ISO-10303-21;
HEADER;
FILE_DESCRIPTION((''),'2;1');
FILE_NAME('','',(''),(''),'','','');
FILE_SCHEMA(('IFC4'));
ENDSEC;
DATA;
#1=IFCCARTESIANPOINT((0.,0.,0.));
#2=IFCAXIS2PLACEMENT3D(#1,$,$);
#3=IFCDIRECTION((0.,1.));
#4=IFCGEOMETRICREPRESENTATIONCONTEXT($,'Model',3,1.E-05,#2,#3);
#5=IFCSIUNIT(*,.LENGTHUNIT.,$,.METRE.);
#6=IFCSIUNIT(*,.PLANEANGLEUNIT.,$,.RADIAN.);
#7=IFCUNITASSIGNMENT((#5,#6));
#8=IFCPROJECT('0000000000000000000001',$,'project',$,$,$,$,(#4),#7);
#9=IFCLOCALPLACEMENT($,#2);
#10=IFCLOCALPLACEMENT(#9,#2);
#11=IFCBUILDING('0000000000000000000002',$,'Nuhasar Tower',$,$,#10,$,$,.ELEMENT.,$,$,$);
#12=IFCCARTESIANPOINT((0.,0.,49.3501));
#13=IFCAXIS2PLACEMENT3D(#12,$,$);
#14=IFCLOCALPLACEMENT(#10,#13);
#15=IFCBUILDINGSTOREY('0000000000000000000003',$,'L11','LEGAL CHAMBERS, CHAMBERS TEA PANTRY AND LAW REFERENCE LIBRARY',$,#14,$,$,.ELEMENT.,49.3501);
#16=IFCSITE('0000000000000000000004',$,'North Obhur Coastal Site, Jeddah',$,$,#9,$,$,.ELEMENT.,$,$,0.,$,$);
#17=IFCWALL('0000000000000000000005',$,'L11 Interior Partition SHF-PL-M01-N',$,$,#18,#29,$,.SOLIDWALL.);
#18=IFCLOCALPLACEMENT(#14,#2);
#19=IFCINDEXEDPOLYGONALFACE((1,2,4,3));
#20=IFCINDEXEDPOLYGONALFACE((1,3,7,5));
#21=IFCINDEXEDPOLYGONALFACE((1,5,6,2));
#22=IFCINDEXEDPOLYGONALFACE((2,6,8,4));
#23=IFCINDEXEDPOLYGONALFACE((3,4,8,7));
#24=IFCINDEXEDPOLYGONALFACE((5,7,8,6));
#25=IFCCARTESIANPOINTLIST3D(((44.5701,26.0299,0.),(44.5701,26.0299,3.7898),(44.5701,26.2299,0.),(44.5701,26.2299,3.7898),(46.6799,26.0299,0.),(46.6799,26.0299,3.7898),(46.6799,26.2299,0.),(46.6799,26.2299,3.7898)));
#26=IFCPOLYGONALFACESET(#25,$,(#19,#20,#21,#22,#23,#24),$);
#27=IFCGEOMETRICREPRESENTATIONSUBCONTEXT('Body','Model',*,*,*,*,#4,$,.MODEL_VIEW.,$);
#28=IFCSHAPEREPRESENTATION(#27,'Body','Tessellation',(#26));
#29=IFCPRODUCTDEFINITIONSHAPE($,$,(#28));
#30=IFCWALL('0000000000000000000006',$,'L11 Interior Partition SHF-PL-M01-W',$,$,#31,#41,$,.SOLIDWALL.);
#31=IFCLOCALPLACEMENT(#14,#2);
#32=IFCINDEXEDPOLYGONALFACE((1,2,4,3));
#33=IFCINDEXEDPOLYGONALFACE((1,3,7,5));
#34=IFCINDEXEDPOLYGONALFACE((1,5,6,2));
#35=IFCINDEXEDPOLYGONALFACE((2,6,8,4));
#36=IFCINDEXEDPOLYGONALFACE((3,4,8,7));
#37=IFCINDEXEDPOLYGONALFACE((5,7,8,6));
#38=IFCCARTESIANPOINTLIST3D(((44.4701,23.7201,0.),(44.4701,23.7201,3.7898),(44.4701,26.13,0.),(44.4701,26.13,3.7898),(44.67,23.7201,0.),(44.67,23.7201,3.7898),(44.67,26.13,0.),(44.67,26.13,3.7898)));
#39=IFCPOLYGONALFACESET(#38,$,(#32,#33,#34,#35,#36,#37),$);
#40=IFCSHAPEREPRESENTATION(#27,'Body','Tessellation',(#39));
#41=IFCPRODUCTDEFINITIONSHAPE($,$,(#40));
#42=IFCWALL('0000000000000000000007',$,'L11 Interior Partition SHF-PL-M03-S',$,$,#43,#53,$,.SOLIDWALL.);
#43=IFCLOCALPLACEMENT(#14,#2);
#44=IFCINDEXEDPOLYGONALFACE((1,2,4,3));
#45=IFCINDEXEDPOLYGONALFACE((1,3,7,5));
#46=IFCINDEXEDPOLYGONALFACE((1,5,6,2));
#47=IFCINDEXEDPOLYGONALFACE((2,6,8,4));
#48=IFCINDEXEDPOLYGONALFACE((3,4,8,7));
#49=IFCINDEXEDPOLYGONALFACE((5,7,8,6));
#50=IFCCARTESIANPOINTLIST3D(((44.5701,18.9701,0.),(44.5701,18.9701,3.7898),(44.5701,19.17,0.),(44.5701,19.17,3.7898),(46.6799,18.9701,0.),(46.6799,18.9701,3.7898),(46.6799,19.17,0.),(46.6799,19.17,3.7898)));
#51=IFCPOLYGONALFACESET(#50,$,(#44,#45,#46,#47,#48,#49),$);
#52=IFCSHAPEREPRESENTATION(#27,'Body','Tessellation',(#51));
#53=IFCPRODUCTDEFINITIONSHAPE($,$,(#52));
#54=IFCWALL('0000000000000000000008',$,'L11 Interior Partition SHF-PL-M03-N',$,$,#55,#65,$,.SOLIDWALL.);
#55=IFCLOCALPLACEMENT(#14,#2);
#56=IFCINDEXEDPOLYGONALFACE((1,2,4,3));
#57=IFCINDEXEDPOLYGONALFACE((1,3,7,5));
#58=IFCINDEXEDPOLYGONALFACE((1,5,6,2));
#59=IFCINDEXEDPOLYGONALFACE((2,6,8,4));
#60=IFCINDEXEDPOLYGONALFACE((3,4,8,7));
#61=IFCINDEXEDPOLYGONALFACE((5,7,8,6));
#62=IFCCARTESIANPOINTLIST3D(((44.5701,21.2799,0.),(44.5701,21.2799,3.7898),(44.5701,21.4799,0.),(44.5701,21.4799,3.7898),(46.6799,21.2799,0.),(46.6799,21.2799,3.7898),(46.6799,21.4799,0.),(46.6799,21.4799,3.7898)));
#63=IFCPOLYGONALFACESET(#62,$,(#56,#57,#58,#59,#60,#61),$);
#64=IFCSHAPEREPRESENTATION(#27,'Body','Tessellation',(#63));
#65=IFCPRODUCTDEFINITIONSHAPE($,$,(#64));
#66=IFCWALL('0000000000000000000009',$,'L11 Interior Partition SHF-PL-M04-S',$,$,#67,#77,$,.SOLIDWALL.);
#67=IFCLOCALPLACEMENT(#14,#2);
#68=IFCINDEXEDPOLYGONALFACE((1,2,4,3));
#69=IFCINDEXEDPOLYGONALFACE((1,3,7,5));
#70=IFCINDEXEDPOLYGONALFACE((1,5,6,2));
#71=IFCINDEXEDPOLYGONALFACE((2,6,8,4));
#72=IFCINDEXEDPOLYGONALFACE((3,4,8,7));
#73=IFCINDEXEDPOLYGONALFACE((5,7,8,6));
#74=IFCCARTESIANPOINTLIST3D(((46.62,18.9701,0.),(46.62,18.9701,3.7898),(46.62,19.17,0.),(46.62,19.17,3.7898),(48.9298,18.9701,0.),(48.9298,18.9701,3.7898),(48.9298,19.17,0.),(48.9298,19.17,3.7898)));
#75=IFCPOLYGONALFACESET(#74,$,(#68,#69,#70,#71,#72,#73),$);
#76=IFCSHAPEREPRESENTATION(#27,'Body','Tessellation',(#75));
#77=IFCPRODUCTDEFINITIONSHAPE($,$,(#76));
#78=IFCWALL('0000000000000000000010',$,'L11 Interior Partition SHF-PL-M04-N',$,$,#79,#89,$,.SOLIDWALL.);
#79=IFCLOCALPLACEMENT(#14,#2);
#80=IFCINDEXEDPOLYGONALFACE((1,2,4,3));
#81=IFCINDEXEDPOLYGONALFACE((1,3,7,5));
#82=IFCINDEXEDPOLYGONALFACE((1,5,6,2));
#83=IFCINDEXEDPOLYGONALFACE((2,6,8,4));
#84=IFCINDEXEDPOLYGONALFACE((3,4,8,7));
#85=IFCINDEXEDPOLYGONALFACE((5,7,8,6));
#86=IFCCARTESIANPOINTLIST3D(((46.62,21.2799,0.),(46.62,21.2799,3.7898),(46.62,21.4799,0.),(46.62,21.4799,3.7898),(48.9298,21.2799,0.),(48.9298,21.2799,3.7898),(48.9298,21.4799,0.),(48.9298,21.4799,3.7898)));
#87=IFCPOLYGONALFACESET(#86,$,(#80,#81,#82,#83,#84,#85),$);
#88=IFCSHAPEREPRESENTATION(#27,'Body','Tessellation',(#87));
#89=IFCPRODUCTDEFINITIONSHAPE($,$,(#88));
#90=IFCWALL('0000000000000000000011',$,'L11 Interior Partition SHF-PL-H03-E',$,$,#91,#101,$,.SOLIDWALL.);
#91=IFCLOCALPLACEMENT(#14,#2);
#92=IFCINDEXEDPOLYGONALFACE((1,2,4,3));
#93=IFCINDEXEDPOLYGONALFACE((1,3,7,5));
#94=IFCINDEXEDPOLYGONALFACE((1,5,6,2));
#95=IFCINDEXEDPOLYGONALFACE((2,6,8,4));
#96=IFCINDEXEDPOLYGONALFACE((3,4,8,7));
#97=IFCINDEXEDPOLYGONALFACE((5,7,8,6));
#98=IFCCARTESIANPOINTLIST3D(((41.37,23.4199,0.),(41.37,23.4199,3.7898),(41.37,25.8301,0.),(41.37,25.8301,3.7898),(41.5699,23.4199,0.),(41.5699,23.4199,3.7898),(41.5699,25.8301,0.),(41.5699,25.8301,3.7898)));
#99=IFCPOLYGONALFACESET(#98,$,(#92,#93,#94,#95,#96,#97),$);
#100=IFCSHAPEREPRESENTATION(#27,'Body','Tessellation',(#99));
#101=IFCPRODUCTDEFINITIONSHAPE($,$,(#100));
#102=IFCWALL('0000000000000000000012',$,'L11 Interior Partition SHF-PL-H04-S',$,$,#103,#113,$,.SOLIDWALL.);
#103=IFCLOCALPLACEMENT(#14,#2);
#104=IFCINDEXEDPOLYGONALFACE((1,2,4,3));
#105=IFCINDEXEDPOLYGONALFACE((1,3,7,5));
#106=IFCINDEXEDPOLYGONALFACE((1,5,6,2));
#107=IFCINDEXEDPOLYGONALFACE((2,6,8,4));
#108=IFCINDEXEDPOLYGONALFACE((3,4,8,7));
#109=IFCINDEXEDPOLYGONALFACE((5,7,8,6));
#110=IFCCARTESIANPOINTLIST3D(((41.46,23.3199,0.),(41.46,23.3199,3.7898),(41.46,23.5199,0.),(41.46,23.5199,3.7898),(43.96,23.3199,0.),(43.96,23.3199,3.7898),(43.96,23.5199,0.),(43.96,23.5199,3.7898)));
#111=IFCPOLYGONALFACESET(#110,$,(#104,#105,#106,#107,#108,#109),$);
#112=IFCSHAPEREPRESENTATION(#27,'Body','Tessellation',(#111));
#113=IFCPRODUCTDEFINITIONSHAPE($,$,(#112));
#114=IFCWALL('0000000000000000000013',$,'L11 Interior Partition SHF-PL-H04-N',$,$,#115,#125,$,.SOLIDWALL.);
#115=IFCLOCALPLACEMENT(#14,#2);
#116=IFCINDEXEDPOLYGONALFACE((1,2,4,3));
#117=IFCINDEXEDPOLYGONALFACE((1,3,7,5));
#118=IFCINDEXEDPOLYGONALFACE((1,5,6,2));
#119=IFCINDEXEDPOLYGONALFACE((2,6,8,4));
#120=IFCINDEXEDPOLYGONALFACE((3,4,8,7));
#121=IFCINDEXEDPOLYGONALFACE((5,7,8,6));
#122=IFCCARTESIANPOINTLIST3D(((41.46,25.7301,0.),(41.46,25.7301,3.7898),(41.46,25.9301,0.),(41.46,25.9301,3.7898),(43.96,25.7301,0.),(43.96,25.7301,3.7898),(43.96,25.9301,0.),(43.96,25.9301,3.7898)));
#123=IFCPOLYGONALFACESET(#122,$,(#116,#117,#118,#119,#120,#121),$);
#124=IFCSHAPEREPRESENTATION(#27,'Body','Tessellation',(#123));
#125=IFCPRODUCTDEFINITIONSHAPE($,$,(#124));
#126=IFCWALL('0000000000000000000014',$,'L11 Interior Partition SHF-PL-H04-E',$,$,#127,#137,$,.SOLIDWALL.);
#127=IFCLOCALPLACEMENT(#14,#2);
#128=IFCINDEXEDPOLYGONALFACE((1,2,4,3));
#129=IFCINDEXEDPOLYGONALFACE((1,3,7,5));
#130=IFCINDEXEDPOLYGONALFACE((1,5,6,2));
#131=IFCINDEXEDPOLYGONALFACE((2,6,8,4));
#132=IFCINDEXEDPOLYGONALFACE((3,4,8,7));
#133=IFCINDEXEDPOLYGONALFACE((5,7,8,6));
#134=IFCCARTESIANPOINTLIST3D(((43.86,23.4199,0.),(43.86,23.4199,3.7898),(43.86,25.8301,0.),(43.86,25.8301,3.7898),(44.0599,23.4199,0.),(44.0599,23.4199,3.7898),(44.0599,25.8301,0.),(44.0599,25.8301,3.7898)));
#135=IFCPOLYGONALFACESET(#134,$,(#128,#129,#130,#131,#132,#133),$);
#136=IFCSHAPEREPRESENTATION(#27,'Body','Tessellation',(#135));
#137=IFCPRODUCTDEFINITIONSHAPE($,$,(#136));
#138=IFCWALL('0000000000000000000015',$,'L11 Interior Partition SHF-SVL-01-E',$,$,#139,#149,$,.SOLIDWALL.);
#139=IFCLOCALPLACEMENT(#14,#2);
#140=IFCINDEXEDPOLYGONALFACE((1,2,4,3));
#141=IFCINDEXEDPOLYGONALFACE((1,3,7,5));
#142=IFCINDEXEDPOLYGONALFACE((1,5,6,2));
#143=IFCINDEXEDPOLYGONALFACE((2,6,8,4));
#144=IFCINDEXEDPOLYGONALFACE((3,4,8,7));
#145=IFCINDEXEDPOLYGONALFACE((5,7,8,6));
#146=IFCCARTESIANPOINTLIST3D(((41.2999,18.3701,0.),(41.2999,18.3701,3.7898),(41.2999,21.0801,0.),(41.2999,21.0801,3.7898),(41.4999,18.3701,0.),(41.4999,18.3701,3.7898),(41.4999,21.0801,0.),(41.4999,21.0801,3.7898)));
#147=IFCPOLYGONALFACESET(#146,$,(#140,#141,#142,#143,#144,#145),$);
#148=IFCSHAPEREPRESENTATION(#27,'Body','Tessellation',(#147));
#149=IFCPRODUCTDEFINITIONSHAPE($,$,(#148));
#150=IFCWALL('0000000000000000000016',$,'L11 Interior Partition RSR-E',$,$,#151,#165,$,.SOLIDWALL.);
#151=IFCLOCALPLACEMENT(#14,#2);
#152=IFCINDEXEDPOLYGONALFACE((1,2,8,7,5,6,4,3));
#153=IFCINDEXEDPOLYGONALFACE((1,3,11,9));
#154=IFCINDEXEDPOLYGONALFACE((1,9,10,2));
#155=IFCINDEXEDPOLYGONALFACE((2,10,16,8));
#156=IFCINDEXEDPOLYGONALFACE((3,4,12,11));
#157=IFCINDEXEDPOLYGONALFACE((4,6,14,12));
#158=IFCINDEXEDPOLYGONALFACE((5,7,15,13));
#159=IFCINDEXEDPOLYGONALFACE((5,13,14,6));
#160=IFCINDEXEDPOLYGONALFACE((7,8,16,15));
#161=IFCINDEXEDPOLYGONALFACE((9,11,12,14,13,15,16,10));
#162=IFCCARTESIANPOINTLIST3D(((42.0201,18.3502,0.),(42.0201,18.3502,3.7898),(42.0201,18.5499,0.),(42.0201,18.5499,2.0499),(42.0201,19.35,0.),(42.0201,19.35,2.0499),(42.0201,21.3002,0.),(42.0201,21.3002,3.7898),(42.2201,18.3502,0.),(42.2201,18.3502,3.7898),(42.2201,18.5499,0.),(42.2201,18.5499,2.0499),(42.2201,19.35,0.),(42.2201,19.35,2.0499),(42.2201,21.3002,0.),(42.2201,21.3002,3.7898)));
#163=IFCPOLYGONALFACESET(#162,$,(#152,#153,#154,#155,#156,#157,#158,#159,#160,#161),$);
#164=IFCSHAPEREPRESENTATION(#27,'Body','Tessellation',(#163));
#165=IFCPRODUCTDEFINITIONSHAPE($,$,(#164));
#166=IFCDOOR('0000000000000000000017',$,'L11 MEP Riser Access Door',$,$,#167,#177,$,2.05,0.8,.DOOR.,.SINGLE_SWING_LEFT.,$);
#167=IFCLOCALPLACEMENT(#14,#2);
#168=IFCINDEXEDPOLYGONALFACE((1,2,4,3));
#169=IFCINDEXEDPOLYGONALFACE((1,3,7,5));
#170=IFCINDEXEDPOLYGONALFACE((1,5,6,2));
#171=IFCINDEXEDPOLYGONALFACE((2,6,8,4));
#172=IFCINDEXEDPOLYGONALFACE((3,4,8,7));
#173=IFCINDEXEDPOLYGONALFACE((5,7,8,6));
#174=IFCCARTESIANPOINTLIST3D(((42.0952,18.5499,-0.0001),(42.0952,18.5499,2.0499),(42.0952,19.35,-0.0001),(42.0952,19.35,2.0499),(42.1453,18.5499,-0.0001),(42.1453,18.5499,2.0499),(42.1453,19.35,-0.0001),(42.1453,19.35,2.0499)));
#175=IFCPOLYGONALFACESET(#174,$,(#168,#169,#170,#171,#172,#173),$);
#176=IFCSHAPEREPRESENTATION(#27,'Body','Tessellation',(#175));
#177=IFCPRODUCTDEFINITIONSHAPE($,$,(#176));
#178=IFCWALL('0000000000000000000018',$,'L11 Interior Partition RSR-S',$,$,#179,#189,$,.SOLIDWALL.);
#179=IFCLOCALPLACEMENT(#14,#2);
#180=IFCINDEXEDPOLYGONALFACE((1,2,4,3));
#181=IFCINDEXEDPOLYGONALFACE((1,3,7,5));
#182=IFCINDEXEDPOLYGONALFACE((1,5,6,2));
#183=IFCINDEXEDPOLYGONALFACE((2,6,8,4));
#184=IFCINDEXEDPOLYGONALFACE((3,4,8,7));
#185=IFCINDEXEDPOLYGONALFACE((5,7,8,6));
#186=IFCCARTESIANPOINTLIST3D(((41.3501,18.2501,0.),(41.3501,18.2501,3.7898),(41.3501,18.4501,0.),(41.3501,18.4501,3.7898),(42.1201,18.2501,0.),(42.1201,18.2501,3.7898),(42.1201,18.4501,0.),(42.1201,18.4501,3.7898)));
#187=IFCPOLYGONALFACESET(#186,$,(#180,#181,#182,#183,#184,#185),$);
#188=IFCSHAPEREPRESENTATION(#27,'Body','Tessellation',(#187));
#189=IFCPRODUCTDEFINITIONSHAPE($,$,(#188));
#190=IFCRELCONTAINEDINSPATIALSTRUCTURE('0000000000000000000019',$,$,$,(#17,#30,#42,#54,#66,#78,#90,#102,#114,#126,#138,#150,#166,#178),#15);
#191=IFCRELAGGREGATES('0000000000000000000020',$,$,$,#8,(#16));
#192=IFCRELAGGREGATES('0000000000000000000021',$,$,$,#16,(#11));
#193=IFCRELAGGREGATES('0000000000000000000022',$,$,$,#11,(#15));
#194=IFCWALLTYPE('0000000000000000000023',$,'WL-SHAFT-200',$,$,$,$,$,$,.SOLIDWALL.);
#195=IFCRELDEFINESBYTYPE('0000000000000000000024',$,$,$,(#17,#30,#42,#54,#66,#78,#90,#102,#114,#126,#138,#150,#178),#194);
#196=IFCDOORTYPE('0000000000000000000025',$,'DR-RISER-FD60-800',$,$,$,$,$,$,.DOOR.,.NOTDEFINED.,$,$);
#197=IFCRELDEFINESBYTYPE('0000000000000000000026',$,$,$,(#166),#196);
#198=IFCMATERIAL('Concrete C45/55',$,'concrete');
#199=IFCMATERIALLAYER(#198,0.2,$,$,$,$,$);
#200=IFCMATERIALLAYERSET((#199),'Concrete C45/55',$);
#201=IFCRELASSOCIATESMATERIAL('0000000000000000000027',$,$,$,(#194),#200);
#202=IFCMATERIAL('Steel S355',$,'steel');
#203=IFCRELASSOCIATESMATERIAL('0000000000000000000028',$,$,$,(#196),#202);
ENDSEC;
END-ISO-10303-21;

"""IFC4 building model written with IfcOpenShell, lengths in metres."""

from ifc_helpers import new_model, si_unit, direction, frame, frame_2d, origin, place, context, subcontext, project, spatial, rectangle, extrude, material, layer, layer_set, type_object, element, fill, save


model = new_model("IFC4")

# Units and contexts
model_context = context("Model", 3, precision=1e-05, world=origin(), true_north=direction((0.0, 1.0)))
body_context = subcontext(model_context, "Body", "Model", "MODEL_VIEW")
ifc_project = project(units=[si_unit("LENGTHUNIT", "METRE"), si_unit("PLANEANGLEUNIT", "RADIAN")], contexts=[model_context])

# Site, building, storey
site_placement = place(None, origin())
site = spatial("IfcSite", under=ifc_project, at=site_placement, Name="North Obhur Coastal Site, Jeddah", CompositionType="ELEMENT", RefElevation=0.0)
building_placement = place(site_placement, origin())
building = spatial("IfcBuilding", under=site, at=building_placement, Name="Nuhasar Tower", CompositionType="ELEMENT")
storey_placement = place(building_placement, frame((0.0, 0.0, 49.3501)))
storey = spatial("IfcBuildingStorey", under=building, at=storey_placement, Name="L11", Description="LEGAL CHAMBERS, CHAMBERS TEA PANTRY AND LAW REFERENCE LIBRARY", CompositionType="ELEMENT", Elevation=49.3501)

# Shared definitions
ifc_material_1 = material(Name="Steel S355", Category="steel")

# Shared definitions
ifc_material_2 = material(Name="Concrete C45/55", Category="concrete")

# Walls
ifc_layer_1 = layer(ifc_material_2, 0.2)
ifc_layer_set_1 = layer_set([ifc_layer_1], Name="Concrete C45/55")
wall_type_1 = type_object("IfcWallType", Name="WL-SHAFT-200", PredefinedType="SOLIDWALL", material=ifc_layer_set_1)
for number, where, z_axis, x_axis, name in (
    (1, (44.5701, 26.1299, 0.0), (0.0, 0.0, 1.0), (1.0, 0.0, 0.0), "L11 Interior Partition SHF-PL-M01-N"),
):
    element("IfcWall", number, at=place(storey_placement, frame(where, z_axis=z_axis, x_axis=x_axis)), inside=storey, type_object=wall_type_1, Name=name, PredefinedType="SOLIDWALL", context=body_context, shape_type="SweptSolid", body=[
        extrude(rectangle(XDim=2.1099, YDim=0.2, at=frame_2d((1.0549, 0.0))), origin(), (0.0, 0.0, 1.0), 3.7898),
    ])
wall_1_placement = place(storey_placement, frame((44.5701, 23.72, 0.0), z_axis=(0.0, 0.0, 1.0), x_axis=(0.0, 1.0, 0.0)))
element("IfcWall", 2, at=wall_1_placement, inside=storey, type_object=wall_type_1, Name="L11 Interior Partition SHF-PL-M01-W", PredefinedType="SOLIDWALL", context=body_context, shape_type="SweptSolid", body=[
    extrude(rectangle(XDim=2.4099, YDim=0.2, at=frame_2d((1.2051, 0.0))), origin(), (0.0, 0.0, 1.0), 3.7898),
])
for number, where, z_axis, x_axis, name in (
    (3, (44.5701, 19.0701, 0.0), (0.0, 0.0, 1.0), (1.0, 0.0, 0.0), "L11 Interior Partition SHF-PL-M03-S"),
    (4, (44.5701, 21.3799, 0.0), (0.0, 0.0, 1.0), (1.0, 0.0, 0.0), "L11 Interior Partition SHF-PL-M03-N"),
):
    element("IfcWall", number, at=place(storey_placement, frame(where, z_axis=z_axis, x_axis=x_axis)), inside=storey, type_object=wall_type_1, Name=name, PredefinedType="SOLIDWALL", context=body_context, shape_type="SweptSolid", body=[
        extrude(rectangle(XDim=2.1099, YDim=0.2, at=frame_2d((1.0549, 0.0))), origin(), (0.0, 0.0, 1.0), 3.7898),
    ])
for number, where, z_axis, x_axis, name in (
    (5, (46.6201, 19.0701, 0.0), (0.0, 0.0, 1.0), (1.0, 0.0, 0.0), "L11 Interior Partition SHF-PL-M04-S"),
    (6, (46.6201, 21.3799, 0.0), (0.0, 0.0, 1.0), (1.0, 0.0, 0.0), "L11 Interior Partition SHF-PL-M04-N"),
):
    element("IfcWall", number, at=place(storey_placement, frame(where, z_axis=z_axis, x_axis=x_axis)), inside=storey, type_object=wall_type_1, Name=name, PredefinedType="SOLIDWALL", context=body_context, shape_type="SweptSolid", body=[
        extrude(rectangle(XDim=2.3098, YDim=0.2, at=frame_2d((1.1548, 0.0))), origin(), (0.0, 0.0, 1.0), 3.7898),
    ])
wall_2_placement = place(storey_placement, frame((41.47, 23.4199, 0.0), z_axis=(0.0, 0.0, 1.0), x_axis=(0.0, 1.0, 0.0)))
element("IfcWall", 7, at=wall_2_placement, inside=storey, type_object=wall_type_1, Name="L11 Interior Partition SHF-PL-H03-E", PredefinedType="SOLIDWALL", context=body_context, shape_type="SweptSolid", body=[
    extrude(rectangle(XDim=2.4102, YDim=0.2, at=frame_2d((1.2051, 0.0))), origin(), (0.0, 0.0, 1.0), 3.7898),
])
for number, where, z_axis, x_axis, name in (
    (8, (41.46, 23.4199, 0.0), (0.0, 0.0, 1.0), (1.0, 0.0, 0.0), "L11 Interior Partition SHF-PL-H04-S"),
    (9, (41.46, 25.8301, 0.0), (0.0, 0.0, 1.0), (1.0, 0.0, 0.0), "L11 Interior Partition SHF-PL-H04-N"),
):
    element("IfcWall", number, at=place(storey_placement, frame(where, z_axis=z_axis, x_axis=x_axis)), inside=storey, type_object=wall_type_1, Name=name, PredefinedType="SOLIDWALL", context=body_context, shape_type="SweptSolid", body=[
        extrude(rectangle(XDim=2.5, YDim=0.2, at=frame_2d((1.25, 0.0))), origin(), (0.0, 0.0, 1.0), 3.7898),
    ])
wall_3_placement = place(storey_placement, frame((43.96, 23.4199, 0.0), z_axis=(0.0, 0.0, 1.0), x_axis=(0.0, 1.0, 0.0)))
element("IfcWall", 10, at=wall_3_placement, inside=storey, type_object=wall_type_1, Name="L11 Interior Partition SHF-PL-H04-E", PredefinedType="SOLIDWALL", context=body_context, shape_type="SweptSolid", body=[
    extrude(rectangle(XDim=2.4102, YDim=0.2, at=frame_2d((1.2051, 0.0))), origin(), (0.0, 0.0, 1.0), 3.7898),
])
wall_4_placement = place(storey_placement, frame((41.3999, 18.3701, 0.0), z_axis=(0.0, 0.0, 1.0), x_axis=(0.0, 1.0, 0.0)))
element("IfcWall", 11, at=wall_4_placement, inside=storey, type_object=wall_type_1, Name="L11 Interior Partition SHF-SVL-01-E", PredefinedType="SOLIDWALL", context=body_context, shape_type="SweptSolid", body=[
    extrude(rectangle(XDim=2.71, YDim=0.2, at=frame_2d((1.355, 0.0))), origin(), (0.0, 0.0, 1.0), 3.7898),
])

# Wall, opening, door
wall_5_placement = place(storey_placement, frame((42.1201, 18.3501, 0.0), z_axis=(0.0, 0.0, 1.0), x_axis=(0.0, 1.0, 0.0)))
wall_5 = element("IfcWall", 12, at=wall_5_placement, inside=storey, type_object=wall_type_1, Name="L11 Interior Partition RSR-E", PredefinedType="SOLIDWALL", context=body_context, shape_type="SweptSolid", body=[
    extrude(rectangle(XDim=2.95, YDim=0.2, at=frame_2d((1.4751, 0.0))), origin(), (0.0, 0.0, 1.0), 3.7898),
])
opening_1_placement = place(wall_5_placement, frame((0.2, 0.0, 0.0)))
opening_1 = element("IfcOpeningElement", 13, at=opening_1_placement, cuts=wall_5, PredefinedType="OPENING", context=body_context, shape_type="SweptSolid", body=[
    extrude(rectangle(XDim=0.8, YDim=2.05, at=frame_2d((0.3999, 1.0249))), frame((0.0, 0.1099, 0.0), z_axis=(0.0, -1.0, 0.0), x_axis=(1.0, 0.0, 0.0)), (0.0, 0.0, 1.0), 0.22),
])
door_type_1 = type_object("IfcDoorType", Name="DR-RISER-FD60-800", OperationType="NOTDEFINED", PredefinedType="DOOR", material=ifc_material_1)
door_1_placement = place(opening_1_placement, origin())
door_1 = element("IfcDoor", 14, at=door_1_placement, inside=storey, type_object=door_type_1, Name="L11 MEP Riser Access Door", OperationType="SINGLE_SWING_LEFT", OverallHeight=2.05, OverallWidth=0.8, PredefinedType="DOOR", context=body_context, shape_type="SweptSolid", body=[
    extrude(rectangle(XDim=0.8, YDim=2.05, at=frame_2d((0.3999, 1.0249))), frame((0.0, 0.0249, 0.0), z_axis=(0.0, -1.0, 0.0), x_axis=(1.0, 0.0, 0.0)), (0.0, 0.0, 1.0), 0.05),
])
fill(opening_1, door_1)

# Wall
wall_6_placement = place(storey_placement, frame((41.3501, 18.3501, 0.0), z_axis=(0.0, 0.0, 1.0), x_axis=(1.0, 0.0, 0.0)))
element("IfcWall", 15, at=wall_6_placement, inside=storey, type_object=wall_type_1, Name="L11 Interior Partition RSR-S", PredefinedType="SOLIDWALL", context=body_context, shape_type="SweptSolid", body=[
    extrude(rectangle(XDim=0.77, YDim=0.2, at=frame_2d((0.385, 0.0))), origin(), (0.0, 0.0, 1.0), 3.7898),
])

save(model, "model.ifc")
